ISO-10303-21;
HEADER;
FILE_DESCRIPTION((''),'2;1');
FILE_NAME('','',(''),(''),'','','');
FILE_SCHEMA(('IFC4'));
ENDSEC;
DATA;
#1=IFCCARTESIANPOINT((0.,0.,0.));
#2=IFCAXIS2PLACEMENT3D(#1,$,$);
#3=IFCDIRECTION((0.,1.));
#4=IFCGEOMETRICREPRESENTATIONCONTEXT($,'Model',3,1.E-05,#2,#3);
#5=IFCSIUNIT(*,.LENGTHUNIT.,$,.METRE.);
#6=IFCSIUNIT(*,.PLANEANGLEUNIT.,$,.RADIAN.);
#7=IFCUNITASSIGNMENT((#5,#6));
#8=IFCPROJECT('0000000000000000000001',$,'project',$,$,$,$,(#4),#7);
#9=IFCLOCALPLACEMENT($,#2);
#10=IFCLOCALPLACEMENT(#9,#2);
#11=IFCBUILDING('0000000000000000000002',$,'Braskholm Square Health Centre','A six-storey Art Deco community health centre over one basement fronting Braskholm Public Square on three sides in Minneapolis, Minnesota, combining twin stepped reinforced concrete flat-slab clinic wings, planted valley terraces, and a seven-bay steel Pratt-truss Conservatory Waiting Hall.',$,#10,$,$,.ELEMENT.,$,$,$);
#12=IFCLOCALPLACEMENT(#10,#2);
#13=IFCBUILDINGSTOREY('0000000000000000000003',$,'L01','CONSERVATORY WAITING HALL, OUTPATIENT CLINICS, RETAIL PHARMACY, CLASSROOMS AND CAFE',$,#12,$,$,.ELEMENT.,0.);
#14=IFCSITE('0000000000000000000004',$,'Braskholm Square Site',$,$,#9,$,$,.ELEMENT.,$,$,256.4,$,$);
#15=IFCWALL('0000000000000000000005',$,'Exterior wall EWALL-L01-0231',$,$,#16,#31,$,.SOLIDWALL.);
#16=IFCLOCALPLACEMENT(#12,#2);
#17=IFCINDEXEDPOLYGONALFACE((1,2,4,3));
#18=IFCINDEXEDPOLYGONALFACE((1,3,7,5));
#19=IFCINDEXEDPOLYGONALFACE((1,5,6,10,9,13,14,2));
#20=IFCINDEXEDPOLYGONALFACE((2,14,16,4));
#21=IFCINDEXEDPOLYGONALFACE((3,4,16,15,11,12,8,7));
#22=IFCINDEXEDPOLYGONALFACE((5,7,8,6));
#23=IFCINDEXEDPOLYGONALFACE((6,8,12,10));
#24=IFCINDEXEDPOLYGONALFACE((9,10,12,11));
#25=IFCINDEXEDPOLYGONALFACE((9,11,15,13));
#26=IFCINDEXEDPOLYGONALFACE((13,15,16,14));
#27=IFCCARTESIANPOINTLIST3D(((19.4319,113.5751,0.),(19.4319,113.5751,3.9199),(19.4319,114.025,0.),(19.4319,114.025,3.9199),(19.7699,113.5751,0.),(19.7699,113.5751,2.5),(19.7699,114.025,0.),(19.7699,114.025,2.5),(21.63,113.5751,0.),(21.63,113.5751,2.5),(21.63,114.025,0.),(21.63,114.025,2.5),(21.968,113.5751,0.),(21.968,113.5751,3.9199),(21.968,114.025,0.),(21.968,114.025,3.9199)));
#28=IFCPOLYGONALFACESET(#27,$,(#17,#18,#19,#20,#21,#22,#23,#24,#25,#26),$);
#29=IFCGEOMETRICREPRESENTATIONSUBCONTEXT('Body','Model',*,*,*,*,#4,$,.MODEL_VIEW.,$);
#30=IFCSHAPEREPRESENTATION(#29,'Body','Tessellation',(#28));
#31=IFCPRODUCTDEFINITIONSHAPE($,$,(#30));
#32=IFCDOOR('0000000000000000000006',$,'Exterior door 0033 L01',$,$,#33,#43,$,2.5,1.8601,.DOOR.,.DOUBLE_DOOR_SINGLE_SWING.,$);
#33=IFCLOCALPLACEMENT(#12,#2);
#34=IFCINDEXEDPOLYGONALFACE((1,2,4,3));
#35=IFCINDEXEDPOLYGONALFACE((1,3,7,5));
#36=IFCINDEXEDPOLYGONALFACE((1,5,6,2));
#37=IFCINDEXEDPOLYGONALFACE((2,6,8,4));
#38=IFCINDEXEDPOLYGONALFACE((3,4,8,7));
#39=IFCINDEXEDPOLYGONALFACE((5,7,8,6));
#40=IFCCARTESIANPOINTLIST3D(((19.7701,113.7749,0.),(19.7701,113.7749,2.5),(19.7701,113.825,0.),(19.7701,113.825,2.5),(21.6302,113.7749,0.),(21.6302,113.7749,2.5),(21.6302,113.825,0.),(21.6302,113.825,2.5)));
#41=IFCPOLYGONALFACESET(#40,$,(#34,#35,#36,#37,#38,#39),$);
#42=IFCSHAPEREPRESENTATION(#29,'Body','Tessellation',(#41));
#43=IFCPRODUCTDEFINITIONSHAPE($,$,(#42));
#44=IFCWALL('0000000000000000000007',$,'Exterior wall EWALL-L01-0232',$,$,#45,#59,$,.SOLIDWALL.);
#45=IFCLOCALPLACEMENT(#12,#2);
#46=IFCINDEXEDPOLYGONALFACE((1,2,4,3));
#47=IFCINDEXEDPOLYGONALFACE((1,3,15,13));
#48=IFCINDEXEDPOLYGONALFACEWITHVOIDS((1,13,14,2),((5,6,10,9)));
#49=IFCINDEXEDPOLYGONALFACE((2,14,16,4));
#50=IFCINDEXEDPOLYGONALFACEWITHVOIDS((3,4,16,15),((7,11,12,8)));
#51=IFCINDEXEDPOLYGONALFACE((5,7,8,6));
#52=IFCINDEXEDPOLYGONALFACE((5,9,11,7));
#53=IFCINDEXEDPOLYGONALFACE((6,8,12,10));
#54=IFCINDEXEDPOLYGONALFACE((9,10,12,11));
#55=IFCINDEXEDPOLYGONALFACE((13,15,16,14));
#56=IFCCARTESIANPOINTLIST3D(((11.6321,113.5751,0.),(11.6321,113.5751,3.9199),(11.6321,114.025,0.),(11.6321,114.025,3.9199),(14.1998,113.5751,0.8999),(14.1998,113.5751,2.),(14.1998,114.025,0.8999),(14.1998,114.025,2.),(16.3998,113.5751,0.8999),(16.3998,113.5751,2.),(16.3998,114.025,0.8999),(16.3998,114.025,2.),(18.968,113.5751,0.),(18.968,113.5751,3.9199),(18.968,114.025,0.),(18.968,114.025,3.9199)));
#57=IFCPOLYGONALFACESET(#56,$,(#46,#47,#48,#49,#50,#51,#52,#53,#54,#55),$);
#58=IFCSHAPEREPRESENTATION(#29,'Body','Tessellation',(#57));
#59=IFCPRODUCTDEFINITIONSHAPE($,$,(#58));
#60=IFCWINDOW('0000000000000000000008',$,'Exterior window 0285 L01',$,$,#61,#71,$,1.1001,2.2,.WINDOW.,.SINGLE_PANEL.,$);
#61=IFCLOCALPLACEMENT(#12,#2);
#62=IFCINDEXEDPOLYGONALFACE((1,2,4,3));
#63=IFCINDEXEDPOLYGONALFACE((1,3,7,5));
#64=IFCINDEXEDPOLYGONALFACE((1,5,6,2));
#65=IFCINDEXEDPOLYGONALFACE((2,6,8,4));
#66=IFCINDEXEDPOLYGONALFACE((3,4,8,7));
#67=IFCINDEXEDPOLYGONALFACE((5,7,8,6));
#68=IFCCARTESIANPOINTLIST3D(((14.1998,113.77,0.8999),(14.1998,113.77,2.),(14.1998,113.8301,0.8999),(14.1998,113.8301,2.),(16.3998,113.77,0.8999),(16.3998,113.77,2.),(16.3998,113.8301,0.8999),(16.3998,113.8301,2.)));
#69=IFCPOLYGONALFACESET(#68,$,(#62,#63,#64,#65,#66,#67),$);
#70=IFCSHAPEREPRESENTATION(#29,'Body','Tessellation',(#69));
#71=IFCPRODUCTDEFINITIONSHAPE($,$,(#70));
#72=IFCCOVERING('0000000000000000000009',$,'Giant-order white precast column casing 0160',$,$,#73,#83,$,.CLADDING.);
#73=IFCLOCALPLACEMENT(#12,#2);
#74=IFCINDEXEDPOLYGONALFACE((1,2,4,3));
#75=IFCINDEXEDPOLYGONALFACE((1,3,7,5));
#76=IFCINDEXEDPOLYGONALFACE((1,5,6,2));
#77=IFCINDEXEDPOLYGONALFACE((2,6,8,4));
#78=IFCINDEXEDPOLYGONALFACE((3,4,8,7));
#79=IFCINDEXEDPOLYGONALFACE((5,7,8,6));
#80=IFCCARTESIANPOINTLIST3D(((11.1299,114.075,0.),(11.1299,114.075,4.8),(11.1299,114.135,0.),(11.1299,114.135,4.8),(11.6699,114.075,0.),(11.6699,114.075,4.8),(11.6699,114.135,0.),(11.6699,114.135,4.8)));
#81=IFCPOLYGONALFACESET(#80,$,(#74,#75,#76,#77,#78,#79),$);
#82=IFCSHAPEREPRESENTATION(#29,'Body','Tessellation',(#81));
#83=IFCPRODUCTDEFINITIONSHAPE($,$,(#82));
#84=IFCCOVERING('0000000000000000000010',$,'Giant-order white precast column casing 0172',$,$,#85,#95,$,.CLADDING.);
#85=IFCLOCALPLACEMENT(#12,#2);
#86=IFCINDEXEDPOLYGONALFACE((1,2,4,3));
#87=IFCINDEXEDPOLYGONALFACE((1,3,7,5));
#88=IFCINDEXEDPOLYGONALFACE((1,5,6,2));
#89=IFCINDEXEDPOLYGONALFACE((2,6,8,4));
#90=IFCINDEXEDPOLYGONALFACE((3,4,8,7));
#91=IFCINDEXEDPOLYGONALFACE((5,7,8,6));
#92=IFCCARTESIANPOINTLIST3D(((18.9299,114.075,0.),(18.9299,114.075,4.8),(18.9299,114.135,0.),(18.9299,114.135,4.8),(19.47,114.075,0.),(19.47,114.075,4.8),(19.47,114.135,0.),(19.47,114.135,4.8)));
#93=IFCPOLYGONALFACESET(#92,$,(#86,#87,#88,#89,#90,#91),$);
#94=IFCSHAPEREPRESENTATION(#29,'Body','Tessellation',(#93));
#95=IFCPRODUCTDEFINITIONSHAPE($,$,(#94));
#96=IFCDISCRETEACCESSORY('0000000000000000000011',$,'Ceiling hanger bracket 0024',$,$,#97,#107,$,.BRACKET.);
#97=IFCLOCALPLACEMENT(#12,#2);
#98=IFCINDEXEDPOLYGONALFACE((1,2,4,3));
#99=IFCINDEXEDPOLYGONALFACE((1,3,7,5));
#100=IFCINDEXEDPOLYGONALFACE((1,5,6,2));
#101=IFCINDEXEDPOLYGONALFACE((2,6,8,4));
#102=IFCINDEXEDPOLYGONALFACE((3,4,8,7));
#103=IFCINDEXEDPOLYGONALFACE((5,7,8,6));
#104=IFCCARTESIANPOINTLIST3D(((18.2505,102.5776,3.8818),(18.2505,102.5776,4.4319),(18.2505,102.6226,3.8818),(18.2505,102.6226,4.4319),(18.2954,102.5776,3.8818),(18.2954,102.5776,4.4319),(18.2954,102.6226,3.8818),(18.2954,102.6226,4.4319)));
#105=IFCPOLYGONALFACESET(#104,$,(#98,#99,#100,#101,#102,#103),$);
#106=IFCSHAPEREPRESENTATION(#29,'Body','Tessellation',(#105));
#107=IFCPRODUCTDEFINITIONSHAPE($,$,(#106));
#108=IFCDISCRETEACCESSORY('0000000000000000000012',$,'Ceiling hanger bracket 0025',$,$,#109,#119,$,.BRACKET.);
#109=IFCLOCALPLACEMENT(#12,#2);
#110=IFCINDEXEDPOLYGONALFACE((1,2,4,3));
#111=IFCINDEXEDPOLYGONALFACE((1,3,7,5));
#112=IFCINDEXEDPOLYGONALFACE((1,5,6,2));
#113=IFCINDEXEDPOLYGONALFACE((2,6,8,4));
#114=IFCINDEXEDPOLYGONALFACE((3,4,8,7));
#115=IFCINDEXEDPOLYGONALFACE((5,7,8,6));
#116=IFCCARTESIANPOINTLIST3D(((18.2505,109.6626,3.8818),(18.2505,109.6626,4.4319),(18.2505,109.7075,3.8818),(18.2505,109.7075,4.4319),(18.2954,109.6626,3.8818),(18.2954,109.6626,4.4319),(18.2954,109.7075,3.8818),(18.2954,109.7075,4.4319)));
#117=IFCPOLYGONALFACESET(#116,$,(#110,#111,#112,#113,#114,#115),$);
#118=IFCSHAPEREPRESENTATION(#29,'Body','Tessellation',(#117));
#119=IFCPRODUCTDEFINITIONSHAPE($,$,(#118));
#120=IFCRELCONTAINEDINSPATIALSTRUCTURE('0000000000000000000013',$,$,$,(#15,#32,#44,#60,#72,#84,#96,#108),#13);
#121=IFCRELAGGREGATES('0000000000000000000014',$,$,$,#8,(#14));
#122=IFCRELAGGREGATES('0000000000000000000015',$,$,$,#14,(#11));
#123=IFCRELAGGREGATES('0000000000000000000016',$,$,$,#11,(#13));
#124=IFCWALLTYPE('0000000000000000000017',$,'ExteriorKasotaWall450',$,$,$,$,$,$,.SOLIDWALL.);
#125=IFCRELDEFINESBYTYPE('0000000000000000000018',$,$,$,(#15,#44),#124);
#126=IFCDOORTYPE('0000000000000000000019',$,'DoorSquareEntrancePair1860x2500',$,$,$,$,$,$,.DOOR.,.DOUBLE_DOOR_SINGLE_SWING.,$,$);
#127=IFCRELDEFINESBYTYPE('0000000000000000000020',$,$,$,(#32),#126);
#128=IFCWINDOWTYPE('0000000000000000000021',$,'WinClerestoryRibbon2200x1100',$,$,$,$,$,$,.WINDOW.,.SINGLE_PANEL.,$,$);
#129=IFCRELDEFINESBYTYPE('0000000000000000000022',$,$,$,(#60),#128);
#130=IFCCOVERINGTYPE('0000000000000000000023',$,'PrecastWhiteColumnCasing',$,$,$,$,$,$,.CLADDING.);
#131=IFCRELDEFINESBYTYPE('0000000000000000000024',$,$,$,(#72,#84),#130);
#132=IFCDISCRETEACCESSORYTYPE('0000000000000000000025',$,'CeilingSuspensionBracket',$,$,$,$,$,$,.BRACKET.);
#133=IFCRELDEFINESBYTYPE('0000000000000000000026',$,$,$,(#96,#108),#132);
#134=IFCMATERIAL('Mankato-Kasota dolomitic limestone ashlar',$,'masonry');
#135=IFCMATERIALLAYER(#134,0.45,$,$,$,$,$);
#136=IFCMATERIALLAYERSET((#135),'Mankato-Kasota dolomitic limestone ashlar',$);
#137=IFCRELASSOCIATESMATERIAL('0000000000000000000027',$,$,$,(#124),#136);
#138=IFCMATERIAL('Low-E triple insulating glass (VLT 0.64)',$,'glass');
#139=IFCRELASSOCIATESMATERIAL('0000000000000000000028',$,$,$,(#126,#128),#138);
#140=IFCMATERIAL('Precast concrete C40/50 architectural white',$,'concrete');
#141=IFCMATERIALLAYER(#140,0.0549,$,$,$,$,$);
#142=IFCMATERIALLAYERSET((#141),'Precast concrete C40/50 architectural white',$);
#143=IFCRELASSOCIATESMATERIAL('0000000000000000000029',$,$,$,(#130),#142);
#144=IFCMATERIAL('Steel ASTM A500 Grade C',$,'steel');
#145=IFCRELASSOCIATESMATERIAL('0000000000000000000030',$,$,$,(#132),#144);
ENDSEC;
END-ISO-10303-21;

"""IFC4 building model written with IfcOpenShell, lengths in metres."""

from ifc_helpers import new_model, si_unit, direction, frame, frame_2d, origin, origin_with_axes, origin_2d, place, context, subcontext, project, spatial, rectangle, extrude, material, layer, layer_set, type_object, element, fill, save


model = new_model("IFC4")

# Units and contexts
model_context = context("Model", 3, precision=1e-05, world=origin(), true_north=direction((0.0, 1.0)))
body_context = subcontext(model_context, "Body", "Model", "MODEL_VIEW")
ifc_project = project(units=[si_unit("LENGTHUNIT", "METRE"), si_unit("PLANEANGLEUNIT", "RADIAN")], contexts=[model_context])

# Site, building, storey
site_placement = place(None, origin())
site = spatial("IfcSite", under=ifc_project, at=site_placement, Name="Braskholm Square Site", CompositionType="ELEMENT", RefElevation=256.4)
building_placement = place(site_placement, origin())
building = spatial("IfcBuilding", under=site, at=building_placement, Name="Braskholm Square Health Centre", Description="A six-storey Art Deco community health centre over one basement fronting Braskholm Public Square on three sides in Minneapolis, Minnesota, combining twin stepped reinforced concrete flat-slab clinic wings, planted valley terraces, and a seven-bay steel Pratt-truss Conservatory Waiting Hall.", CompositionType="ELEMENT")
storey_placement = place(building_placement, origin())
storey = spatial("IfcBuildingStorey", under=building, at=storey_placement, Name="L01", Description="CONSERVATORY WAITING HALL, OUTPATIENT CLINICS, RETAIL PHARMACY, CLASSROOMS AND CAFE", CompositionType="ELEMENT", Elevation=0.0)

# Shared definitions
ifc_material_1 = material(Name="Precast concrete C40/50 architectural white", Category="concrete")

# Shared definitions
ifc_material_2 = material(Name="Mankato-Kasota dolomitic limestone ashlar", Category="masonry")
ifc_layer_1 = layer(ifc_material_2, 0.45)
ifc_layer_set_1 = layer_set([ifc_layer_1], Name="Mankato-Kasota dolomitic limestone ashlar")
wall_type_1 = type_object("IfcWallType", Name="ExteriorKasotaWall450", PredefinedType="SOLIDWALL", material=ifc_layer_set_1)
ifc_material_3 = material(Name="Low-E triple insulating glass (VLT 0.64)", Category="glass")

# Wall, opening, door
wall_1_placement = place(storey_placement, frame((21.968, 113.8, 0.0), z_axis=(0.0, 0.0, 1.0), x_axis=(-1.0, 0.0, 0.0)))
wall_1 = element("IfcWall", 1, at=wall_1_placement, inside=storey, type_object=wall_type_1, Name="Exterior wall EWALL-L01-0231", PredefinedType="SOLIDWALL", context=body_context, shape_type="SweptSolid", body=[
    extrude(rectangle(XDim=2.5361, YDim=0.45, at=frame_2d((1.2681, 0.0))), origin(), (0.0, 0.0, 1.0), 3.9199),
])
opening_1_placement = place(wall_1_placement, frame((0.3379, 0.0, 0.0)))
opening_1 = element("IfcOpeningElement", 2, at=opening_1_placement, cuts=wall_1, PredefinedType="OPENING", context=body_context, shape_type="SweptSolid", body=[
    extrude(rectangle(XDim=1.8601, YDim=2.5, at=frame_2d((0.9302, 1.25))), frame((0.0, 0.2349, 0.0), z_axis=(0.0, -1.0, 0.0), x_axis=(1.0, 0.0, 0.0)), (0.0, 0.0, 1.0), 0.47),
])
door_type_1 = type_object("IfcDoorType", Name="DoorSquareEntrancePair1860x2500", OperationType="DOUBLE_DOOR_SINGLE_SWING", PredefinedType="DOOR", material=ifc_material_3)
door_1_placement = place(opening_1_placement, frame((1.8601, 0.0, 0.0), z_axis=(0.0, 0.0, 1.0), x_axis=(-1.0, 0.0, 0.0)))
door_1 = element("IfcDoor", 3, at=door_1_placement, inside=storey, type_object=door_type_1, Name="Exterior door 0033 L01", OperationType="DOUBLE_DOOR_SINGLE_SWING", OverallHeight=2.5, OverallWidth=1.8601, PredefinedType="DOOR", context=body_context, shape_type="SweptSolid", body=[
    extrude(rectangle(XDim=1.8601, YDim=2.5, at=frame_2d((0.9302, 1.25))), frame((0.0, 0.0249, 0.0), z_axis=(0.0, -1.0, 0.0), x_axis=(1.0, 0.0, 0.0)), (0.0, 0.0, 1.0), 0.05),
])
fill(opening_1, door_1)

# Wall, opening, window
wall_2_placement = place(storey_placement, frame((18.968, 113.8, 0.0), z_axis=(0.0, 0.0, 1.0), x_axis=(-1.0, 0.0, 0.0)))
wall_2 = element("IfcWall", 4, at=wall_2_placement, inside=storey, type_object=wall_type_1, Name="Exterior wall EWALL-L01-0232", PredefinedType="SOLIDWALL", context=body_context, shape_type="SweptSolid", body=[
    extrude(rectangle(XDim=7.3359, YDim=0.45, at=frame_2d((3.668, 0.0))), origin(), (0.0, 0.0, 1.0), 3.9199),
])
opening_2_placement = place(wall_2_placement, frame((2.5681, 0.0, 0.8999)))
opening_2 = element("IfcOpeningElement", 5, at=opening_2_placement, cuts=wall_2, PredefinedType="OPENING", context=body_context, shape_type="SweptSolid", body=[
    extrude(rectangle(XDim=2.2, YDim=1.1001, at=frame_2d((1.1001, 0.55))), frame((0.0, 0.2349, 0.0), z_axis=(0.0, -1.0, 0.0), x_axis=(1.0, 0.0, 0.0)), (0.0, 0.0, 1.0), 0.47),
])
window_type_1 = type_object("IfcWindowType", Name="WinClerestoryRibbon2200x1100", PartitioningType="SINGLE_PANEL", PredefinedType="WINDOW", material=ifc_material_3)
window_1_placement = place(opening_2_placement, origin_with_axes())
window_1 = element("IfcWindow", 6, at=window_1_placement, inside=storey, type_object=window_type_1, Name="Exterior window 0285 L01", OverallHeight=1.1001, OverallWidth=2.2, PartitioningType="SINGLE_PANEL", PredefinedType="WINDOW", context=body_context, shape_type="SweptSolid", body=[
    extrude(rectangle(XDim=2.2, YDim=1.1001, at=frame_2d((1.1001, 0.55))), frame((0.0, 0.03, 0.0), z_axis=(0.0, -1.0, 0.0), x_axis=(1.0, 0.0, 0.0)), (0.0, 0.0, 1.0), 0.0601),
])
fill(opening_2, window_1)

# Coverings
ifc_layer_2 = layer(ifc_material_1, 0.0549)
ifc_layer_set_2 = layer_set([ifc_layer_2], Name="Precast concrete C40/50 architectural white")
covering_type = type_object("IfcCoveringType", Name="PrecastWhiteColumnCasing", PredefinedType="CLADDING", material=ifc_layer_set_2)
for number, where, z_axis, x_axis, name in (
    (7, (11.3999, 114.105, 0.0), (0.0, 0.0, 1.0), (1.0, 0.0, 0.0), "Giant-order white precast column casing 0160"),
    (8, (19.2, 114.105, 0.0), (0.0, 0.0, 1.0), (1.0, 0.0, 0.0), "Giant-order white precast column casing 0172"),
):
    element("IfcCovering", number, at=place(storey_placement, frame(where, z_axis=z_axis, x_axis=x_axis)), inside=storey, type_object=covering_type, Name=name, PredefinedType="CLADDING", context=body_context, shape_type="SweptSolid", body=[
        extrude(rectangle(XDim=0.54, YDim=0.0601, at=origin_2d()), origin(), (0.0, 0.0, 1.0), 4.8),
    ])

# Discrete accessories
ifc_material_4 = material(Name="Steel ASTM A500 Grade C", Category="steel")
discrete_accessory_type = type_object("IfcDiscreteAccessoryType", Name="CeilingSuspensionBracket", PredefinedType="BRACKET", material=ifc_material_4)
for number, where, z_axis, x_axis, name in (
    (9, (18.2729, 102.6001, 3.8818), (0.0, 0.0, 1.0), (1.0, 0.0, 0.0), "Ceiling hanger bracket 0024"),
    (10, (18.2729, 109.6851, 3.8818), (0.0, 0.0, 1.0), (1.0, 0.0, 0.0), "Ceiling hanger bracket 0025"),
):
    element("IfcDiscreteAccessory", number, at=place(storey_placement, frame(where, z_axis=z_axis, x_axis=x_axis)), inside=storey, type_object=discrete_accessory_type, Name=name, PredefinedType="BRACKET", context=body_context, shape_type="SweptSolid", body=[
        extrude(rectangle(XDim=0.0449, YDim=0.0449, at=origin_2d()), origin(), (0.0, 0.0, 1.0), 0.55),
    ])

save(model, "model.ifc")
